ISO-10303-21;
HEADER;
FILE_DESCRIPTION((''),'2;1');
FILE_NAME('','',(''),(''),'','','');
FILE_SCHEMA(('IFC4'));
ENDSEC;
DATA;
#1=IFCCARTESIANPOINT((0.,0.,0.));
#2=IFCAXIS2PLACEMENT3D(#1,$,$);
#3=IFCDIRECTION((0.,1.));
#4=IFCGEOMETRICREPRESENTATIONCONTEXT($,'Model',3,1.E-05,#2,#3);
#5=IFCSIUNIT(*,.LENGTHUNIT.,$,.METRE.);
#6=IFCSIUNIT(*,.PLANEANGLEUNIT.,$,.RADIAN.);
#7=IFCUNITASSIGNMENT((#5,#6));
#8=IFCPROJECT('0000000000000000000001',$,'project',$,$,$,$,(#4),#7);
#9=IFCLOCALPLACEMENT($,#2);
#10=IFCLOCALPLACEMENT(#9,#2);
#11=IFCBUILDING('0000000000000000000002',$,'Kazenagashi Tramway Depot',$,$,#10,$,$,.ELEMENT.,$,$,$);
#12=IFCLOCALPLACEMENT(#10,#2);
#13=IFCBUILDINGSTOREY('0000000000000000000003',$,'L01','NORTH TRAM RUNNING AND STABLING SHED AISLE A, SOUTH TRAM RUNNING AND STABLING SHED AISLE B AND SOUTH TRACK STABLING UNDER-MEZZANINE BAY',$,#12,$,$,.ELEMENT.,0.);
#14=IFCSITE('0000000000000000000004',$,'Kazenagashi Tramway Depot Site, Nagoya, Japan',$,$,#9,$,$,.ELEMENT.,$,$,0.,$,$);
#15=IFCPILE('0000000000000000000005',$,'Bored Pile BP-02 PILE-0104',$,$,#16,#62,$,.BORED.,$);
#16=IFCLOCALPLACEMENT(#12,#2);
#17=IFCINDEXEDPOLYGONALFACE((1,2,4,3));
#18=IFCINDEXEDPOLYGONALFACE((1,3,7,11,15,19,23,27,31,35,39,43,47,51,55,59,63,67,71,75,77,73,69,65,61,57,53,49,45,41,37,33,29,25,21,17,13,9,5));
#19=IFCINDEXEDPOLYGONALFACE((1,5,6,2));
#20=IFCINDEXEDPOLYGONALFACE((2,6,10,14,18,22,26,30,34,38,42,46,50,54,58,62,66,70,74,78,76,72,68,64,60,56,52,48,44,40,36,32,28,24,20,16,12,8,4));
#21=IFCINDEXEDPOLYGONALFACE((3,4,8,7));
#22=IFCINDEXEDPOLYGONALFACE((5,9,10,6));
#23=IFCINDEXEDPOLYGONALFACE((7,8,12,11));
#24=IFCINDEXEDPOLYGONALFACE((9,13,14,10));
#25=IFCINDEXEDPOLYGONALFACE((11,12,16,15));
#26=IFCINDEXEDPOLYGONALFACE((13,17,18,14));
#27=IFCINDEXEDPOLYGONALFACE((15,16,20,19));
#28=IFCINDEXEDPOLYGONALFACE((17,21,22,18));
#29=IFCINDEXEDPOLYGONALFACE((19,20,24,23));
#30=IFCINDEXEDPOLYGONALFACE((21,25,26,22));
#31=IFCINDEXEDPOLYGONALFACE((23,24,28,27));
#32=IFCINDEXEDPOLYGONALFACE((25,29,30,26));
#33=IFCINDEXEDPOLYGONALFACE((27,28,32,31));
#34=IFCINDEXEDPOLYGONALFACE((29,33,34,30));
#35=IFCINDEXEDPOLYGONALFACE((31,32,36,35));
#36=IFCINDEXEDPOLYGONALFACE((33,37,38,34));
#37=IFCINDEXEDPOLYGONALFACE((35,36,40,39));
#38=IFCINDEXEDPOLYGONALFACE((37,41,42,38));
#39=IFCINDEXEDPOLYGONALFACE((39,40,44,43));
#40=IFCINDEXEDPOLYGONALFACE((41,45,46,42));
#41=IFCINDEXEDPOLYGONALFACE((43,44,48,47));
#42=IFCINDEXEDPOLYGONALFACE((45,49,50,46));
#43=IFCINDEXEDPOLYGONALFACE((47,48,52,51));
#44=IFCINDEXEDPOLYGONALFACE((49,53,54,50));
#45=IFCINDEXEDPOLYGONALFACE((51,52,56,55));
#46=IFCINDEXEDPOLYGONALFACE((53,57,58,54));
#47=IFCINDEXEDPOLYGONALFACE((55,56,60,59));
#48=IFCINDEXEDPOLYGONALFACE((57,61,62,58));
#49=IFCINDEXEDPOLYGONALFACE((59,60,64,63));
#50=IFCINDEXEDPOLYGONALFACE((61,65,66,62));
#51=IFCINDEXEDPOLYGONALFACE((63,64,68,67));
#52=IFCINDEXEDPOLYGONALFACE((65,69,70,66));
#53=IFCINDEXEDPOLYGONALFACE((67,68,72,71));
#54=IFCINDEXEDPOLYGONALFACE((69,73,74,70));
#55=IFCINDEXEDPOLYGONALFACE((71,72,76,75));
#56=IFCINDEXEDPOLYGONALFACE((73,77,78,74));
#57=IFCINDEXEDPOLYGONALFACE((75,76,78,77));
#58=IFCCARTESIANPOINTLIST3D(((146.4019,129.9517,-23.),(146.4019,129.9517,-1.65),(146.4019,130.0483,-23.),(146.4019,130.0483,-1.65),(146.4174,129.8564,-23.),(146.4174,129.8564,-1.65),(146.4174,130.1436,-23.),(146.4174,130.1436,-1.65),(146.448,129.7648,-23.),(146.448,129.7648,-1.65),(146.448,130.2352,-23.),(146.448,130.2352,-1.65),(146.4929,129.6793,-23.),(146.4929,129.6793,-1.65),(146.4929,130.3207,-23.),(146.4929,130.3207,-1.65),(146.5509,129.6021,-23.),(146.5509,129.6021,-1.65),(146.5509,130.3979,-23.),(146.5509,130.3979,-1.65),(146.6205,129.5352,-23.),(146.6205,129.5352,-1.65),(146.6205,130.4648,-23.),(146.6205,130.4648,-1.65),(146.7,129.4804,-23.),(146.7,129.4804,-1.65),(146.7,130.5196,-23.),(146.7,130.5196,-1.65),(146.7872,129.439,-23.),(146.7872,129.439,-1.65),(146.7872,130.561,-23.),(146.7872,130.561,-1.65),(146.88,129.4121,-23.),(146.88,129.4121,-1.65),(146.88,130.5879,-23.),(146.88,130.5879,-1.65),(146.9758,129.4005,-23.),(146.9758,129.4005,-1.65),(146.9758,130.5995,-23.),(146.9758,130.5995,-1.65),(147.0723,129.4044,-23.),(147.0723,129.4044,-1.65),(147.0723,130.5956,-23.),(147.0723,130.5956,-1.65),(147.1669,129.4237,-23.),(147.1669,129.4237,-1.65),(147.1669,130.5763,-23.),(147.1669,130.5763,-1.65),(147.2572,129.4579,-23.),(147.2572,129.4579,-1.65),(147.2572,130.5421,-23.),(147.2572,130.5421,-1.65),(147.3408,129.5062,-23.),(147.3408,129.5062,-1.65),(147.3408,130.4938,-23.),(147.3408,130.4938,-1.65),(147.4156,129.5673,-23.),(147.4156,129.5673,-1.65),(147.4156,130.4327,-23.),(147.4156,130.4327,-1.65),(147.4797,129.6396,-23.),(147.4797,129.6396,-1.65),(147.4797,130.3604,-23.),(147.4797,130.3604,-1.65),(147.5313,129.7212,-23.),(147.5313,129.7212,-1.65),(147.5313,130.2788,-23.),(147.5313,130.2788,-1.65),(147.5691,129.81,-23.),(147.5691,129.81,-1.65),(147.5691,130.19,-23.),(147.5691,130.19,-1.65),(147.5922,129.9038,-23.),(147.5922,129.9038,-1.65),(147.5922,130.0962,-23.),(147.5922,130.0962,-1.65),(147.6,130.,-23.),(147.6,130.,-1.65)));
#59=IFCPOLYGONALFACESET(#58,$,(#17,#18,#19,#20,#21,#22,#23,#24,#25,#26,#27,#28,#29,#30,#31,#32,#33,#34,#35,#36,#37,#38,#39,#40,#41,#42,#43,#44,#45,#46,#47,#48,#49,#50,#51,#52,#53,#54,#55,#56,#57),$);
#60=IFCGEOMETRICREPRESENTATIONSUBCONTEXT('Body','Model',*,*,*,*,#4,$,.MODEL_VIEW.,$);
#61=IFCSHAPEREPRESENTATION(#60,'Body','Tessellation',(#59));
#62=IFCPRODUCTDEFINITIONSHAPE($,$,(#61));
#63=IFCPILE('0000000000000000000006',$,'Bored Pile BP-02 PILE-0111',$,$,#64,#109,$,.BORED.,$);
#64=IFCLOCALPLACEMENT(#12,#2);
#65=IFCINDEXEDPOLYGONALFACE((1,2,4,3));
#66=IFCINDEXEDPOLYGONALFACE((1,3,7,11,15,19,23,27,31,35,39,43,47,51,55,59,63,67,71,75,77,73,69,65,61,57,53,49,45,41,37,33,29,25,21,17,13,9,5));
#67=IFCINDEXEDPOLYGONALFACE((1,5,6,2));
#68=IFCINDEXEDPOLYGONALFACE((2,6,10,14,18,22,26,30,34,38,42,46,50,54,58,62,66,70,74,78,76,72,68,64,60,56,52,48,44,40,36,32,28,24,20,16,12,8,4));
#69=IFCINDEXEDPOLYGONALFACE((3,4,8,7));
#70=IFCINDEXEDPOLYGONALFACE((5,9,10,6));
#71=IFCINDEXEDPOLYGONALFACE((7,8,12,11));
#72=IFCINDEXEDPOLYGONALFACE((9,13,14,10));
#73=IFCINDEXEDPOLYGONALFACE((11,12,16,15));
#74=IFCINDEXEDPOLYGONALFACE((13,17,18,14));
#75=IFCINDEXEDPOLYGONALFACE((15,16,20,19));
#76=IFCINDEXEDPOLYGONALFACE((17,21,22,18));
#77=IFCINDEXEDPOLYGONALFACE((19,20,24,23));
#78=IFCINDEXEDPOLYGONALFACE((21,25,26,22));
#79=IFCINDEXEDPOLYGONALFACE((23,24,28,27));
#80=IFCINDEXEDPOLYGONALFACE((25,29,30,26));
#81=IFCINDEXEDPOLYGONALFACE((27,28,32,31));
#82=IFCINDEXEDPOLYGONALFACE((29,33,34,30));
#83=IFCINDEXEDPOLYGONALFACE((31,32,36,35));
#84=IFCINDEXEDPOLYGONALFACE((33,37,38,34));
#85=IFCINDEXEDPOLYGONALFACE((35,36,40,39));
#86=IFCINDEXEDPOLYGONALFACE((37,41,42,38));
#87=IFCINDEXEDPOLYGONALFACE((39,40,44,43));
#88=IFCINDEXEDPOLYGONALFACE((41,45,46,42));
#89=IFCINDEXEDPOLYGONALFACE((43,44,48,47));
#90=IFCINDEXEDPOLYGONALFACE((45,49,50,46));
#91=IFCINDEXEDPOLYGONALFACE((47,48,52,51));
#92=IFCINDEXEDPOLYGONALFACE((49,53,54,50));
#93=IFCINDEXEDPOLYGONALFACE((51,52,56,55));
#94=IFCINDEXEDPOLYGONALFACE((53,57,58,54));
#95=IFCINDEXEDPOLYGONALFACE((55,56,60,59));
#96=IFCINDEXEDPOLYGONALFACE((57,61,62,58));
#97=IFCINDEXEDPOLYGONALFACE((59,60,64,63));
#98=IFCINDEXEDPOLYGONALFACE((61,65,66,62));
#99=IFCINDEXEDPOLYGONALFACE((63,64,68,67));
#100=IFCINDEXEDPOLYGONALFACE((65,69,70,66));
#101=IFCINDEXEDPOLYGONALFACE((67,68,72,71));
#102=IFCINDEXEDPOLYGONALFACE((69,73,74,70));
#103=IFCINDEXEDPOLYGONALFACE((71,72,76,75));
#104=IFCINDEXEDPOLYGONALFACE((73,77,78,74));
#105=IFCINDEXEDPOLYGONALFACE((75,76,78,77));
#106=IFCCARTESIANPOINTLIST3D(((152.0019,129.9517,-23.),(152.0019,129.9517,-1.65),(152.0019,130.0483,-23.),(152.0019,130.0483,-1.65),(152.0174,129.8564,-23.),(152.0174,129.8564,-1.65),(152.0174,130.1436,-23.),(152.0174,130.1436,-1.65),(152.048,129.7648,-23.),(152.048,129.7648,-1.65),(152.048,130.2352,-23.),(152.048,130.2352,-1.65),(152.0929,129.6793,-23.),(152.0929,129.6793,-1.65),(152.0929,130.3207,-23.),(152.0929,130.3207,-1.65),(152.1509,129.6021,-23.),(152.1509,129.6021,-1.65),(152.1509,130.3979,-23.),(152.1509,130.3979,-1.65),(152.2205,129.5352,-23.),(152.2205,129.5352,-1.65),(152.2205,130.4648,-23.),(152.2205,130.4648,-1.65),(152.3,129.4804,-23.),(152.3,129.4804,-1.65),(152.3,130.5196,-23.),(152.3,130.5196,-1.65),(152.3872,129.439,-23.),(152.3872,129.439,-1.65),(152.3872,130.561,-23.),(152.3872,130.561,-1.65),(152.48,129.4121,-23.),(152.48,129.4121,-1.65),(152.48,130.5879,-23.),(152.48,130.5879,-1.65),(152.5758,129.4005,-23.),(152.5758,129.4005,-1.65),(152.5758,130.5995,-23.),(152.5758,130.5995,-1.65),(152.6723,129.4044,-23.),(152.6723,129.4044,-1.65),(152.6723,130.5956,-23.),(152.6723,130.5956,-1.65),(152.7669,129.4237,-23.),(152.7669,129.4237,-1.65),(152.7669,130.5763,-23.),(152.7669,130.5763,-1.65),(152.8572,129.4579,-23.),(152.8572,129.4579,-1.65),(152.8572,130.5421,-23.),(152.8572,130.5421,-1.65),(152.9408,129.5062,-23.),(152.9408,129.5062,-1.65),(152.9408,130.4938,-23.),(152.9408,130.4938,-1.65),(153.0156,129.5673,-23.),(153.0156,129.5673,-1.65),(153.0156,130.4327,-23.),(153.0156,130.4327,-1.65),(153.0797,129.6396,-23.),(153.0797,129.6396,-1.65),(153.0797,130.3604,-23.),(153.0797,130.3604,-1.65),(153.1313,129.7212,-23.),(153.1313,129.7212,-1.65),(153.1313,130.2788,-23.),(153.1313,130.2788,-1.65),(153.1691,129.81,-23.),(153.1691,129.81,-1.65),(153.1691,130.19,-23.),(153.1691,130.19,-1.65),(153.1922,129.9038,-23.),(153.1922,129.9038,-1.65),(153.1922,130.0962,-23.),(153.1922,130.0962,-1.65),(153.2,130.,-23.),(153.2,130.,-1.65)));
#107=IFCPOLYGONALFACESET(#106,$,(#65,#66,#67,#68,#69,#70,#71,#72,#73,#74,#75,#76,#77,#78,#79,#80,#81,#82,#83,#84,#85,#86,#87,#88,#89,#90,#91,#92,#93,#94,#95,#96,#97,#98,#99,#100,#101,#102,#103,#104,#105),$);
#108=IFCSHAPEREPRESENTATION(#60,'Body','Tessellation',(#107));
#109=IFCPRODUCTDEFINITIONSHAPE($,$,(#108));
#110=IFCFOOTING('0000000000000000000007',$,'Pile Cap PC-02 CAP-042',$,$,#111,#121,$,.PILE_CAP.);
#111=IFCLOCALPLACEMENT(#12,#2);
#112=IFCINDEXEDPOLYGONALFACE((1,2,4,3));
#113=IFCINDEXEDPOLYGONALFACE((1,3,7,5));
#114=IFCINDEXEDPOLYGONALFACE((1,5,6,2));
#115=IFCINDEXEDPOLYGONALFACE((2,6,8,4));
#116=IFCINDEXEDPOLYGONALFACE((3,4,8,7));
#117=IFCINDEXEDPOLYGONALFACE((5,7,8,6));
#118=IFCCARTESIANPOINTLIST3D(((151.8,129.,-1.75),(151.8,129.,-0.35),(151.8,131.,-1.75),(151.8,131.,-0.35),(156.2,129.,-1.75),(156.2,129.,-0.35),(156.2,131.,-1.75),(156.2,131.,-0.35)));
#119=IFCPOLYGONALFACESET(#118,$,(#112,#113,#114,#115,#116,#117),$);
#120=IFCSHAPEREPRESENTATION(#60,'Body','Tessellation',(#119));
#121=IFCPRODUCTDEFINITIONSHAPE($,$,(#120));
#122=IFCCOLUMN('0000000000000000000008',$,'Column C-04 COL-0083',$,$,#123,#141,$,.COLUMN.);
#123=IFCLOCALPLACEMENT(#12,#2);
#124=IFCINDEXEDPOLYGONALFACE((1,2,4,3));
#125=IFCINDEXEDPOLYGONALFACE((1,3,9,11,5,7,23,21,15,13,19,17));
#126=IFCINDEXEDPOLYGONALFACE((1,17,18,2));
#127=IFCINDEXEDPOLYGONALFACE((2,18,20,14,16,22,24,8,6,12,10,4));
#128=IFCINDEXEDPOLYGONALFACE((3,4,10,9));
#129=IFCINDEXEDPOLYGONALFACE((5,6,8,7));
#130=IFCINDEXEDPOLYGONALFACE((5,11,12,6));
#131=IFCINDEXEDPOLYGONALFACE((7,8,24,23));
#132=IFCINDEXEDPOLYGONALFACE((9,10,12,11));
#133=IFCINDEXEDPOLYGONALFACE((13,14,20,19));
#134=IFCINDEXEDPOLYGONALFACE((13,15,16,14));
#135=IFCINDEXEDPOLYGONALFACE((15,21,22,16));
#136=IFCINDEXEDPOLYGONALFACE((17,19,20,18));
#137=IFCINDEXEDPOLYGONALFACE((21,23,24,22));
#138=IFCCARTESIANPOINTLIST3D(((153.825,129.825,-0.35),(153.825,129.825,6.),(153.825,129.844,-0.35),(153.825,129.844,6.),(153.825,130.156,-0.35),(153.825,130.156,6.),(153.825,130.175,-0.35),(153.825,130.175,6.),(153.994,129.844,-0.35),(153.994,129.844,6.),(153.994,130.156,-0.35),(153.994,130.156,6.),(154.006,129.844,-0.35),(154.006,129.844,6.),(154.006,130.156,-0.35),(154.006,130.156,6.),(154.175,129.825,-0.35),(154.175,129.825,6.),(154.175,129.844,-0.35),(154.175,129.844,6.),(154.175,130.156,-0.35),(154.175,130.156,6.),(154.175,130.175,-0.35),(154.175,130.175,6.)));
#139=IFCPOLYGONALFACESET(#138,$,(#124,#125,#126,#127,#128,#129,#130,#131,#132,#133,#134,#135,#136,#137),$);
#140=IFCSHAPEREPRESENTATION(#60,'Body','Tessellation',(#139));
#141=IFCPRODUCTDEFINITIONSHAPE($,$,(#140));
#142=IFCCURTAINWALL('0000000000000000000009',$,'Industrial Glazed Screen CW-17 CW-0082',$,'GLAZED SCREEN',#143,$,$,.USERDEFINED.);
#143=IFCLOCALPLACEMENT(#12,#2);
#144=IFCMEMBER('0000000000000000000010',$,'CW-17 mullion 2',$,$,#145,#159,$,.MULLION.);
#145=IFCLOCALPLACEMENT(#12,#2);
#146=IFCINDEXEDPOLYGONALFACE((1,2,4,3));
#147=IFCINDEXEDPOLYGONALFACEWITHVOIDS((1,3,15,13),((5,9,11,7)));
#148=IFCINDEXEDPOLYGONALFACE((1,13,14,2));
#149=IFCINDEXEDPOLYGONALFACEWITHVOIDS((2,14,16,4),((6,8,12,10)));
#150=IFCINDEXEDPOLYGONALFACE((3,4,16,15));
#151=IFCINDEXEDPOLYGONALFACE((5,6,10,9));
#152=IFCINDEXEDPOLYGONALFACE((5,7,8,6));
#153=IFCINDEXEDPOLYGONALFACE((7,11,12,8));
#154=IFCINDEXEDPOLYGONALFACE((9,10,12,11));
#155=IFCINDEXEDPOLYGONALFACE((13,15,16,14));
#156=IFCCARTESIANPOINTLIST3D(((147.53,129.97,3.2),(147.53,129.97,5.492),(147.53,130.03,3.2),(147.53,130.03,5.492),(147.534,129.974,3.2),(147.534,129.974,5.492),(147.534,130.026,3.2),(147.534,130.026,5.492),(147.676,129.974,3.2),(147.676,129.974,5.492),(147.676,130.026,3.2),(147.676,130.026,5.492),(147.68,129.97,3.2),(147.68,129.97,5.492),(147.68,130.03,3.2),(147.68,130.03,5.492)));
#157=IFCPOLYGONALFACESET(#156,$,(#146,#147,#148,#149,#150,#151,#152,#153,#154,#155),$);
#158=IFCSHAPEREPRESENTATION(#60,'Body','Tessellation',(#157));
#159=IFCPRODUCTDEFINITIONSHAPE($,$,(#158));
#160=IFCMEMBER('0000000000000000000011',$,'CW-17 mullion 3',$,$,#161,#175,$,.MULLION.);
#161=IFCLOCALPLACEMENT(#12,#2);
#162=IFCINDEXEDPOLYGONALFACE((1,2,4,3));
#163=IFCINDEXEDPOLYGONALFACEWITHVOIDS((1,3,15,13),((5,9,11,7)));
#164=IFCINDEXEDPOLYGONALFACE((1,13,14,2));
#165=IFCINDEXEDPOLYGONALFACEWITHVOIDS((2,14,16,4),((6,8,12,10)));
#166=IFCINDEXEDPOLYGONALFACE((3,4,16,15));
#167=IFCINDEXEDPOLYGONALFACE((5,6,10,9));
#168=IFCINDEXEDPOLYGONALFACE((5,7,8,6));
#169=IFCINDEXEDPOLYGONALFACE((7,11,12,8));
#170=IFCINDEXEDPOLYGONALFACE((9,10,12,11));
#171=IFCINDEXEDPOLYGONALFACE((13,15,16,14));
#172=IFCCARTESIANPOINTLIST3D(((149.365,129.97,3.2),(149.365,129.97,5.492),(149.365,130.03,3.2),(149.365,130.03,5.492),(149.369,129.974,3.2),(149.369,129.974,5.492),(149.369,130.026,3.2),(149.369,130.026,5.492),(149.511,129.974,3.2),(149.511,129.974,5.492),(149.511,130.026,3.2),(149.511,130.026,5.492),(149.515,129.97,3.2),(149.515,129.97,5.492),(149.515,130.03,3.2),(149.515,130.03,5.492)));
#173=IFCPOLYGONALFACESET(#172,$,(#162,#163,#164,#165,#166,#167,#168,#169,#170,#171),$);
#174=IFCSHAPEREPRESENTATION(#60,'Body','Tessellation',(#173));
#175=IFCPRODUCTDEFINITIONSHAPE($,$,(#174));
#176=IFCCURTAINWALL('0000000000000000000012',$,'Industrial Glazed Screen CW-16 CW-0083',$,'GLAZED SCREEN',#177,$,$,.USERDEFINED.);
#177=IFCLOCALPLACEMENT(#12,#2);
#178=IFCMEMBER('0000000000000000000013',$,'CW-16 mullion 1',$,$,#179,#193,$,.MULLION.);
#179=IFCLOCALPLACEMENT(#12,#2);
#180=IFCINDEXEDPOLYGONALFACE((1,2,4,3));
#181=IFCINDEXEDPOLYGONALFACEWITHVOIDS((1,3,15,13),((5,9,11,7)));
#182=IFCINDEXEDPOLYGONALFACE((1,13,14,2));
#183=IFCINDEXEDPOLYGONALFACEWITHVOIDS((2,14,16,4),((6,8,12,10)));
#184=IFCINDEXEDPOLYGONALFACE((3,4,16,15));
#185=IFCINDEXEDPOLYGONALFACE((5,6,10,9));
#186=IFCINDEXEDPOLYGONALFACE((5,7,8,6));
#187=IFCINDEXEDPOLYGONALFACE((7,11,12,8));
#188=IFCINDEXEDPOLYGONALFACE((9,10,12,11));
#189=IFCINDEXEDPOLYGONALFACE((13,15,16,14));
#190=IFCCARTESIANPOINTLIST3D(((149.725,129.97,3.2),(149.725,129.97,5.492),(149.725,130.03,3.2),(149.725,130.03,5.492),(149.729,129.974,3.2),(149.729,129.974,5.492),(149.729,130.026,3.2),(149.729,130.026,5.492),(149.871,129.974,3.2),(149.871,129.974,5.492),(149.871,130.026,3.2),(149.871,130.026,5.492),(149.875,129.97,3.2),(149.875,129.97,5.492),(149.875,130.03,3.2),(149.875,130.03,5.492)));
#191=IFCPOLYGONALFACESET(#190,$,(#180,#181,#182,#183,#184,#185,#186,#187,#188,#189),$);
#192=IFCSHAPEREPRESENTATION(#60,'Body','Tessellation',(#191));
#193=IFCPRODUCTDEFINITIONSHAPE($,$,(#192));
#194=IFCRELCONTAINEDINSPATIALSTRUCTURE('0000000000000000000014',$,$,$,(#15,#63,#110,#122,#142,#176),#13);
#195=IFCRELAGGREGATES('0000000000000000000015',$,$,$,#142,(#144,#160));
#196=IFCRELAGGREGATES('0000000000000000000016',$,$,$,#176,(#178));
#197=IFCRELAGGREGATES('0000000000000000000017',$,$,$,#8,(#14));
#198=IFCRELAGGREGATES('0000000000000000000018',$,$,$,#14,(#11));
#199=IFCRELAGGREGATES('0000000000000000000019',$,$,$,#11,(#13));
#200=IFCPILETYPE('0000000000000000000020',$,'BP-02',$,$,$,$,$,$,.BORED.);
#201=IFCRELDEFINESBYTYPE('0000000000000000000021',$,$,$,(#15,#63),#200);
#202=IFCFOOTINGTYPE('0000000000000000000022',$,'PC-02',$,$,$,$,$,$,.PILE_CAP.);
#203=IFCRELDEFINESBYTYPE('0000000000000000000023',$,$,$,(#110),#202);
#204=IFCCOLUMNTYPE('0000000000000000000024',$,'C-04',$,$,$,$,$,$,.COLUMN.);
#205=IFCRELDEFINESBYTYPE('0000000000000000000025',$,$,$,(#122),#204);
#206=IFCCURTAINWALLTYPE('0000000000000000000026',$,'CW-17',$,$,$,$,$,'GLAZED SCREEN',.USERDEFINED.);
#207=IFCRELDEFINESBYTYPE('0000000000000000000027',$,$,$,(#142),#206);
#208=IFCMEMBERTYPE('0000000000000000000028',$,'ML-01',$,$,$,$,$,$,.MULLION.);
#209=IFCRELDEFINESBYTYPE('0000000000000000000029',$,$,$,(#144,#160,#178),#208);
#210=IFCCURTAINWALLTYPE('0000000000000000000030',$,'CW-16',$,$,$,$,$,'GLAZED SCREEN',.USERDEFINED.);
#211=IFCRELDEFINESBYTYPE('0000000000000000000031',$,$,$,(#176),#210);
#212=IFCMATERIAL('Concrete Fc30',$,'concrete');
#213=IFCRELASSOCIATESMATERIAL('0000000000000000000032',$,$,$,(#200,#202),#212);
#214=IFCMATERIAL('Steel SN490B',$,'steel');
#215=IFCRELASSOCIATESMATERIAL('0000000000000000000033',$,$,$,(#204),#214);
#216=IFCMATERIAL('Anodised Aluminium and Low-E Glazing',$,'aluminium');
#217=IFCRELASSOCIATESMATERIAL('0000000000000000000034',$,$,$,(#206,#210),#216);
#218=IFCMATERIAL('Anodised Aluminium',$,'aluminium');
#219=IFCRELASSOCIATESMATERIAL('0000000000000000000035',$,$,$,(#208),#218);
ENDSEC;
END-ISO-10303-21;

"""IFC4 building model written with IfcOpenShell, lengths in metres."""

from ifc_helpers import new_model, si_unit, direction, frame, origin, origin_2d, place, context, subcontext, project, spatial, rectangle, hollow_rectangle, circle, i_section, extrude, material, material_profile, profile_set, type_object, element, aggregate, save


model = new_model("IFC4")

# Units and contexts
model_context = context("Model", 3, precision=1e-05, world=origin(), true_north=direction((0.0, 1.0)))
body_context = subcontext(model_context, "Body", "Model", "MODEL_VIEW")
ifc_project = project(units=[si_unit("LENGTHUNIT", "METRE"), si_unit("PLANEANGLEUNIT", "RADIAN")], contexts=[model_context])

# Site, building, storey
site_placement = place(None, origin())
site = spatial("IfcSite", under=ifc_project, at=site_placement, Name="Kazenagashi Tramway Depot Site, Nagoya, Japan", CompositionType="ELEMENT", RefElevation=0.0)
building_placement = place(site_placement, origin())
building = spatial("IfcBuilding", under=site, at=building_placement, Name="Kazenagashi Tramway Depot", CompositionType="ELEMENT")
storey_placement = place(building_placement, origin())
storey = spatial("IfcBuildingStorey", under=building, at=storey_placement, Name="L01", Description="NORTH TRAM RUNNING AND STABLING SHED AISLE A, SOUTH TRAM RUNNING AND STABLING SHED AISLE B AND SOUTH TRACK STABLING UNDER-MEZZANINE BAY", CompositionType="ELEMENT", Elevation=0.0)

# Piles
ifc_material_1 = material(Name="Concrete Fc30", Category="concrete")
ifc_material_profile_1 = material_profile(ifc_material_1, circle(Radius=0.6, at=origin_2d()), Name="PILE-1200")
ifc_profile_set_1 = profile_set([ifc_material_profile_1], Name="Concrete Fc30")
pile_type = type_object("IfcPileType", Name="BP-02", PredefinedType="BORED", material=ifc_profile_set_1)
for number, where, z_axis, x_axis, name in (
    (1, (147.0, 130.0, -1.65), (0.0, 0.0, -1.0), (1.0, 0.0, 0.0), "Bored Pile BP-02 PILE-0104"),
    (2, (152.6, 130.0, -1.65), (0.0, 0.0, -1.0), (1.0, 0.0, 0.0), "Bored Pile BP-02 PILE-0111"),
):
    element("IfcPile", number, at=place(storey_placement, frame(where, z_axis=z_axis, x_axis=x_axis)), inside=storey, type_object=pile_type, Name=name, PredefinedType="BORED", context=body_context, shape_type="SweptSolid", body=[
        extrude(circle(Radius=0.6, at=origin_2d()), origin(), (0.0, 0.0, 1.0), 21.35),
    ])

# Footing
footing_type = type_object("IfcFootingType", Name="PC-02", PredefinedType="PILE_CAP", material=ifc_material_1)
footing_placement = place(storey_placement, frame((154.0, 130.0, -1.75), z_axis=(0.0, 0.0, 1.0), x_axis=(1.0, 0.0, 0.0)))
element("IfcFooting", 3, at=footing_placement, inside=storey, type_object=footing_type, Name="Pile Cap PC-02 CAP-042", PredefinedType="PILE_CAP", context=body_context, shape_type="SweptSolid", body=[
    extrude(rectangle(XDim=4.4, YDim=2.0, at=origin_2d()), origin(), (0.0, 0.0, 1.0), 1.4),
])

# Column
ifc_material_2 = material(Name="Steel SN490B", Category="steel")
ifc_material_profile_2 = material_profile(ifc_material_2, i_section(OverallWidth=0.35, OverallDepth=0.35, WebThickness=0.012, FlangeThickness=0.019, at=origin_2d()), Name="H-350x350x12x19")
ifc_profile_set_2 = profile_set([ifc_material_profile_2], Name="Steel SN490B")
column_type = type_object("IfcColumnType", Name="C-04", PredefinedType="COLUMN", material=ifc_profile_set_2)
column_placement = place(storey_placement, frame((154.0, 130.0, -0.35), z_axis=(0.0, 0.0, 1.0), x_axis=(1.0, 0.0, 0.0)))
element("IfcColumn", 4, at=column_placement, inside=storey, type_object=column_type, Name="Column C-04 COL-0083", PredefinedType="COLUMN", context=body_context, shape_type="SweptSolid", body=[
    extrude(i_section(OverallWidth=0.35, OverallDepth=0.35, WebThickness=0.012, FlangeThickness=0.019, at=origin_2d()), origin(), (0.0, 0.0, 1.0), 6.35),
])

# Curtain walls, members
ifc_material_3 = material(Name="Anodised Aluminium and Low-E Glazing", Category="aluminium")
curtain_wall_type_1 = type_object("IfcCurtainWallType", Name="CW-17", ElementType="GLAZED SCREEN", PredefinedType="USERDEFINED", material=ifc_material_3)
curtain_wall_1_placement = place(storey_placement, origin())
curtain_wall_1 = element("IfcCurtainWall", 5, at=curtain_wall_1_placement, inside=storey, type_object=curtain_wall_type_1, Name="Industrial Glazed Screen CW-17 CW-0082", ObjectType="GLAZED SCREEN", PredefinedType="USERDEFINED")
ifc_material_4 = material(Name="Anodised Aluminium", Category="aluminium")
ifc_material_profile_3 = material_profile(ifc_material_4, hollow_rectangle(XDim=0.06, YDim=0.15, WallThickness=0.004, at=origin_2d()), Name="RHS-150x60x4")
ifc_profile_set_3 = profile_set([ifc_material_profile_3], Name="Anodised Aluminium")
member_type_1 = type_object("IfcMemberType", Name="ML-01", PredefinedType="MULLION", material=ifc_profile_set_3)
member_1_placement = place(storey_placement, frame((147.605, 130.0, 3.2), z_axis=(0.0, 0.0, 1.0), x_axis=(0.0, 1.0, 0.0)))
member_1 = element("IfcMember", 6, at=member_1_placement, type_object=member_type_1, Name="CW-17 mullion 2", PredefinedType="MULLION", context=body_context, shape_type="SweptSolid", body=[
    extrude(hollow_rectangle(XDim=0.06, YDim=0.15, WallThickness=0.004, at=origin_2d()), origin(), (0.0, 0.0, 1.0), 2.292),
])
member_2_placement = place(storey_placement, frame((149.44, 130.0, 3.2), z_axis=(0.0, 0.0, 1.0), x_axis=(0.0, 1.0, 0.0)))
member_2 = element("IfcMember", 7, at=member_2_placement, type_object=member_type_1, Name="CW-17 mullion 3", PredefinedType="MULLION", context=body_context, shape_type="SweptSolid", body=[
    extrude(hollow_rectangle(XDim=0.06, YDim=0.15, WallThickness=0.004, at=origin_2d()), origin(), (0.0, 0.0, 1.0), 2.292),
])
curtain_wall_type_2 = type_object("IfcCurtainWallType", Name="CW-16", ElementType="GLAZED SCREEN", PredefinedType="USERDEFINED", material=ifc_material_3)
curtain_wall_2_placement = place(storey_placement, origin())
curtain_wall_2 = element("IfcCurtainWall", 8, at=curtain_wall_2_placement, inside=storey, type_object=curtain_wall_type_2, Name="Industrial Glazed Screen CW-16 CW-0083", ObjectType="GLAZED SCREEN", PredefinedType="USERDEFINED")
member_3_placement = place(storey_placement, frame((149.8, 130.0, 3.2), z_axis=(0.0, 0.0, 1.0), x_axis=(0.0, 1.0, 0.0)))
member_3 = element("IfcMember", 9, at=member_3_placement, type_object=member_type_1, Name="CW-16 mullion 1", PredefinedType="MULLION", context=body_context, shape_type="SweptSolid", body=[
    extrude(hollow_rectangle(XDim=0.06, YDim=0.15, WallThickness=0.004, at=origin_2d()), origin(), (0.0, 0.0, 1.0), 2.292),
])

aggregate(curtain_wall_1, [member_1, member_2])
aggregate(curtain_wall_2, [member_3])

save(model, "model.ifc")
